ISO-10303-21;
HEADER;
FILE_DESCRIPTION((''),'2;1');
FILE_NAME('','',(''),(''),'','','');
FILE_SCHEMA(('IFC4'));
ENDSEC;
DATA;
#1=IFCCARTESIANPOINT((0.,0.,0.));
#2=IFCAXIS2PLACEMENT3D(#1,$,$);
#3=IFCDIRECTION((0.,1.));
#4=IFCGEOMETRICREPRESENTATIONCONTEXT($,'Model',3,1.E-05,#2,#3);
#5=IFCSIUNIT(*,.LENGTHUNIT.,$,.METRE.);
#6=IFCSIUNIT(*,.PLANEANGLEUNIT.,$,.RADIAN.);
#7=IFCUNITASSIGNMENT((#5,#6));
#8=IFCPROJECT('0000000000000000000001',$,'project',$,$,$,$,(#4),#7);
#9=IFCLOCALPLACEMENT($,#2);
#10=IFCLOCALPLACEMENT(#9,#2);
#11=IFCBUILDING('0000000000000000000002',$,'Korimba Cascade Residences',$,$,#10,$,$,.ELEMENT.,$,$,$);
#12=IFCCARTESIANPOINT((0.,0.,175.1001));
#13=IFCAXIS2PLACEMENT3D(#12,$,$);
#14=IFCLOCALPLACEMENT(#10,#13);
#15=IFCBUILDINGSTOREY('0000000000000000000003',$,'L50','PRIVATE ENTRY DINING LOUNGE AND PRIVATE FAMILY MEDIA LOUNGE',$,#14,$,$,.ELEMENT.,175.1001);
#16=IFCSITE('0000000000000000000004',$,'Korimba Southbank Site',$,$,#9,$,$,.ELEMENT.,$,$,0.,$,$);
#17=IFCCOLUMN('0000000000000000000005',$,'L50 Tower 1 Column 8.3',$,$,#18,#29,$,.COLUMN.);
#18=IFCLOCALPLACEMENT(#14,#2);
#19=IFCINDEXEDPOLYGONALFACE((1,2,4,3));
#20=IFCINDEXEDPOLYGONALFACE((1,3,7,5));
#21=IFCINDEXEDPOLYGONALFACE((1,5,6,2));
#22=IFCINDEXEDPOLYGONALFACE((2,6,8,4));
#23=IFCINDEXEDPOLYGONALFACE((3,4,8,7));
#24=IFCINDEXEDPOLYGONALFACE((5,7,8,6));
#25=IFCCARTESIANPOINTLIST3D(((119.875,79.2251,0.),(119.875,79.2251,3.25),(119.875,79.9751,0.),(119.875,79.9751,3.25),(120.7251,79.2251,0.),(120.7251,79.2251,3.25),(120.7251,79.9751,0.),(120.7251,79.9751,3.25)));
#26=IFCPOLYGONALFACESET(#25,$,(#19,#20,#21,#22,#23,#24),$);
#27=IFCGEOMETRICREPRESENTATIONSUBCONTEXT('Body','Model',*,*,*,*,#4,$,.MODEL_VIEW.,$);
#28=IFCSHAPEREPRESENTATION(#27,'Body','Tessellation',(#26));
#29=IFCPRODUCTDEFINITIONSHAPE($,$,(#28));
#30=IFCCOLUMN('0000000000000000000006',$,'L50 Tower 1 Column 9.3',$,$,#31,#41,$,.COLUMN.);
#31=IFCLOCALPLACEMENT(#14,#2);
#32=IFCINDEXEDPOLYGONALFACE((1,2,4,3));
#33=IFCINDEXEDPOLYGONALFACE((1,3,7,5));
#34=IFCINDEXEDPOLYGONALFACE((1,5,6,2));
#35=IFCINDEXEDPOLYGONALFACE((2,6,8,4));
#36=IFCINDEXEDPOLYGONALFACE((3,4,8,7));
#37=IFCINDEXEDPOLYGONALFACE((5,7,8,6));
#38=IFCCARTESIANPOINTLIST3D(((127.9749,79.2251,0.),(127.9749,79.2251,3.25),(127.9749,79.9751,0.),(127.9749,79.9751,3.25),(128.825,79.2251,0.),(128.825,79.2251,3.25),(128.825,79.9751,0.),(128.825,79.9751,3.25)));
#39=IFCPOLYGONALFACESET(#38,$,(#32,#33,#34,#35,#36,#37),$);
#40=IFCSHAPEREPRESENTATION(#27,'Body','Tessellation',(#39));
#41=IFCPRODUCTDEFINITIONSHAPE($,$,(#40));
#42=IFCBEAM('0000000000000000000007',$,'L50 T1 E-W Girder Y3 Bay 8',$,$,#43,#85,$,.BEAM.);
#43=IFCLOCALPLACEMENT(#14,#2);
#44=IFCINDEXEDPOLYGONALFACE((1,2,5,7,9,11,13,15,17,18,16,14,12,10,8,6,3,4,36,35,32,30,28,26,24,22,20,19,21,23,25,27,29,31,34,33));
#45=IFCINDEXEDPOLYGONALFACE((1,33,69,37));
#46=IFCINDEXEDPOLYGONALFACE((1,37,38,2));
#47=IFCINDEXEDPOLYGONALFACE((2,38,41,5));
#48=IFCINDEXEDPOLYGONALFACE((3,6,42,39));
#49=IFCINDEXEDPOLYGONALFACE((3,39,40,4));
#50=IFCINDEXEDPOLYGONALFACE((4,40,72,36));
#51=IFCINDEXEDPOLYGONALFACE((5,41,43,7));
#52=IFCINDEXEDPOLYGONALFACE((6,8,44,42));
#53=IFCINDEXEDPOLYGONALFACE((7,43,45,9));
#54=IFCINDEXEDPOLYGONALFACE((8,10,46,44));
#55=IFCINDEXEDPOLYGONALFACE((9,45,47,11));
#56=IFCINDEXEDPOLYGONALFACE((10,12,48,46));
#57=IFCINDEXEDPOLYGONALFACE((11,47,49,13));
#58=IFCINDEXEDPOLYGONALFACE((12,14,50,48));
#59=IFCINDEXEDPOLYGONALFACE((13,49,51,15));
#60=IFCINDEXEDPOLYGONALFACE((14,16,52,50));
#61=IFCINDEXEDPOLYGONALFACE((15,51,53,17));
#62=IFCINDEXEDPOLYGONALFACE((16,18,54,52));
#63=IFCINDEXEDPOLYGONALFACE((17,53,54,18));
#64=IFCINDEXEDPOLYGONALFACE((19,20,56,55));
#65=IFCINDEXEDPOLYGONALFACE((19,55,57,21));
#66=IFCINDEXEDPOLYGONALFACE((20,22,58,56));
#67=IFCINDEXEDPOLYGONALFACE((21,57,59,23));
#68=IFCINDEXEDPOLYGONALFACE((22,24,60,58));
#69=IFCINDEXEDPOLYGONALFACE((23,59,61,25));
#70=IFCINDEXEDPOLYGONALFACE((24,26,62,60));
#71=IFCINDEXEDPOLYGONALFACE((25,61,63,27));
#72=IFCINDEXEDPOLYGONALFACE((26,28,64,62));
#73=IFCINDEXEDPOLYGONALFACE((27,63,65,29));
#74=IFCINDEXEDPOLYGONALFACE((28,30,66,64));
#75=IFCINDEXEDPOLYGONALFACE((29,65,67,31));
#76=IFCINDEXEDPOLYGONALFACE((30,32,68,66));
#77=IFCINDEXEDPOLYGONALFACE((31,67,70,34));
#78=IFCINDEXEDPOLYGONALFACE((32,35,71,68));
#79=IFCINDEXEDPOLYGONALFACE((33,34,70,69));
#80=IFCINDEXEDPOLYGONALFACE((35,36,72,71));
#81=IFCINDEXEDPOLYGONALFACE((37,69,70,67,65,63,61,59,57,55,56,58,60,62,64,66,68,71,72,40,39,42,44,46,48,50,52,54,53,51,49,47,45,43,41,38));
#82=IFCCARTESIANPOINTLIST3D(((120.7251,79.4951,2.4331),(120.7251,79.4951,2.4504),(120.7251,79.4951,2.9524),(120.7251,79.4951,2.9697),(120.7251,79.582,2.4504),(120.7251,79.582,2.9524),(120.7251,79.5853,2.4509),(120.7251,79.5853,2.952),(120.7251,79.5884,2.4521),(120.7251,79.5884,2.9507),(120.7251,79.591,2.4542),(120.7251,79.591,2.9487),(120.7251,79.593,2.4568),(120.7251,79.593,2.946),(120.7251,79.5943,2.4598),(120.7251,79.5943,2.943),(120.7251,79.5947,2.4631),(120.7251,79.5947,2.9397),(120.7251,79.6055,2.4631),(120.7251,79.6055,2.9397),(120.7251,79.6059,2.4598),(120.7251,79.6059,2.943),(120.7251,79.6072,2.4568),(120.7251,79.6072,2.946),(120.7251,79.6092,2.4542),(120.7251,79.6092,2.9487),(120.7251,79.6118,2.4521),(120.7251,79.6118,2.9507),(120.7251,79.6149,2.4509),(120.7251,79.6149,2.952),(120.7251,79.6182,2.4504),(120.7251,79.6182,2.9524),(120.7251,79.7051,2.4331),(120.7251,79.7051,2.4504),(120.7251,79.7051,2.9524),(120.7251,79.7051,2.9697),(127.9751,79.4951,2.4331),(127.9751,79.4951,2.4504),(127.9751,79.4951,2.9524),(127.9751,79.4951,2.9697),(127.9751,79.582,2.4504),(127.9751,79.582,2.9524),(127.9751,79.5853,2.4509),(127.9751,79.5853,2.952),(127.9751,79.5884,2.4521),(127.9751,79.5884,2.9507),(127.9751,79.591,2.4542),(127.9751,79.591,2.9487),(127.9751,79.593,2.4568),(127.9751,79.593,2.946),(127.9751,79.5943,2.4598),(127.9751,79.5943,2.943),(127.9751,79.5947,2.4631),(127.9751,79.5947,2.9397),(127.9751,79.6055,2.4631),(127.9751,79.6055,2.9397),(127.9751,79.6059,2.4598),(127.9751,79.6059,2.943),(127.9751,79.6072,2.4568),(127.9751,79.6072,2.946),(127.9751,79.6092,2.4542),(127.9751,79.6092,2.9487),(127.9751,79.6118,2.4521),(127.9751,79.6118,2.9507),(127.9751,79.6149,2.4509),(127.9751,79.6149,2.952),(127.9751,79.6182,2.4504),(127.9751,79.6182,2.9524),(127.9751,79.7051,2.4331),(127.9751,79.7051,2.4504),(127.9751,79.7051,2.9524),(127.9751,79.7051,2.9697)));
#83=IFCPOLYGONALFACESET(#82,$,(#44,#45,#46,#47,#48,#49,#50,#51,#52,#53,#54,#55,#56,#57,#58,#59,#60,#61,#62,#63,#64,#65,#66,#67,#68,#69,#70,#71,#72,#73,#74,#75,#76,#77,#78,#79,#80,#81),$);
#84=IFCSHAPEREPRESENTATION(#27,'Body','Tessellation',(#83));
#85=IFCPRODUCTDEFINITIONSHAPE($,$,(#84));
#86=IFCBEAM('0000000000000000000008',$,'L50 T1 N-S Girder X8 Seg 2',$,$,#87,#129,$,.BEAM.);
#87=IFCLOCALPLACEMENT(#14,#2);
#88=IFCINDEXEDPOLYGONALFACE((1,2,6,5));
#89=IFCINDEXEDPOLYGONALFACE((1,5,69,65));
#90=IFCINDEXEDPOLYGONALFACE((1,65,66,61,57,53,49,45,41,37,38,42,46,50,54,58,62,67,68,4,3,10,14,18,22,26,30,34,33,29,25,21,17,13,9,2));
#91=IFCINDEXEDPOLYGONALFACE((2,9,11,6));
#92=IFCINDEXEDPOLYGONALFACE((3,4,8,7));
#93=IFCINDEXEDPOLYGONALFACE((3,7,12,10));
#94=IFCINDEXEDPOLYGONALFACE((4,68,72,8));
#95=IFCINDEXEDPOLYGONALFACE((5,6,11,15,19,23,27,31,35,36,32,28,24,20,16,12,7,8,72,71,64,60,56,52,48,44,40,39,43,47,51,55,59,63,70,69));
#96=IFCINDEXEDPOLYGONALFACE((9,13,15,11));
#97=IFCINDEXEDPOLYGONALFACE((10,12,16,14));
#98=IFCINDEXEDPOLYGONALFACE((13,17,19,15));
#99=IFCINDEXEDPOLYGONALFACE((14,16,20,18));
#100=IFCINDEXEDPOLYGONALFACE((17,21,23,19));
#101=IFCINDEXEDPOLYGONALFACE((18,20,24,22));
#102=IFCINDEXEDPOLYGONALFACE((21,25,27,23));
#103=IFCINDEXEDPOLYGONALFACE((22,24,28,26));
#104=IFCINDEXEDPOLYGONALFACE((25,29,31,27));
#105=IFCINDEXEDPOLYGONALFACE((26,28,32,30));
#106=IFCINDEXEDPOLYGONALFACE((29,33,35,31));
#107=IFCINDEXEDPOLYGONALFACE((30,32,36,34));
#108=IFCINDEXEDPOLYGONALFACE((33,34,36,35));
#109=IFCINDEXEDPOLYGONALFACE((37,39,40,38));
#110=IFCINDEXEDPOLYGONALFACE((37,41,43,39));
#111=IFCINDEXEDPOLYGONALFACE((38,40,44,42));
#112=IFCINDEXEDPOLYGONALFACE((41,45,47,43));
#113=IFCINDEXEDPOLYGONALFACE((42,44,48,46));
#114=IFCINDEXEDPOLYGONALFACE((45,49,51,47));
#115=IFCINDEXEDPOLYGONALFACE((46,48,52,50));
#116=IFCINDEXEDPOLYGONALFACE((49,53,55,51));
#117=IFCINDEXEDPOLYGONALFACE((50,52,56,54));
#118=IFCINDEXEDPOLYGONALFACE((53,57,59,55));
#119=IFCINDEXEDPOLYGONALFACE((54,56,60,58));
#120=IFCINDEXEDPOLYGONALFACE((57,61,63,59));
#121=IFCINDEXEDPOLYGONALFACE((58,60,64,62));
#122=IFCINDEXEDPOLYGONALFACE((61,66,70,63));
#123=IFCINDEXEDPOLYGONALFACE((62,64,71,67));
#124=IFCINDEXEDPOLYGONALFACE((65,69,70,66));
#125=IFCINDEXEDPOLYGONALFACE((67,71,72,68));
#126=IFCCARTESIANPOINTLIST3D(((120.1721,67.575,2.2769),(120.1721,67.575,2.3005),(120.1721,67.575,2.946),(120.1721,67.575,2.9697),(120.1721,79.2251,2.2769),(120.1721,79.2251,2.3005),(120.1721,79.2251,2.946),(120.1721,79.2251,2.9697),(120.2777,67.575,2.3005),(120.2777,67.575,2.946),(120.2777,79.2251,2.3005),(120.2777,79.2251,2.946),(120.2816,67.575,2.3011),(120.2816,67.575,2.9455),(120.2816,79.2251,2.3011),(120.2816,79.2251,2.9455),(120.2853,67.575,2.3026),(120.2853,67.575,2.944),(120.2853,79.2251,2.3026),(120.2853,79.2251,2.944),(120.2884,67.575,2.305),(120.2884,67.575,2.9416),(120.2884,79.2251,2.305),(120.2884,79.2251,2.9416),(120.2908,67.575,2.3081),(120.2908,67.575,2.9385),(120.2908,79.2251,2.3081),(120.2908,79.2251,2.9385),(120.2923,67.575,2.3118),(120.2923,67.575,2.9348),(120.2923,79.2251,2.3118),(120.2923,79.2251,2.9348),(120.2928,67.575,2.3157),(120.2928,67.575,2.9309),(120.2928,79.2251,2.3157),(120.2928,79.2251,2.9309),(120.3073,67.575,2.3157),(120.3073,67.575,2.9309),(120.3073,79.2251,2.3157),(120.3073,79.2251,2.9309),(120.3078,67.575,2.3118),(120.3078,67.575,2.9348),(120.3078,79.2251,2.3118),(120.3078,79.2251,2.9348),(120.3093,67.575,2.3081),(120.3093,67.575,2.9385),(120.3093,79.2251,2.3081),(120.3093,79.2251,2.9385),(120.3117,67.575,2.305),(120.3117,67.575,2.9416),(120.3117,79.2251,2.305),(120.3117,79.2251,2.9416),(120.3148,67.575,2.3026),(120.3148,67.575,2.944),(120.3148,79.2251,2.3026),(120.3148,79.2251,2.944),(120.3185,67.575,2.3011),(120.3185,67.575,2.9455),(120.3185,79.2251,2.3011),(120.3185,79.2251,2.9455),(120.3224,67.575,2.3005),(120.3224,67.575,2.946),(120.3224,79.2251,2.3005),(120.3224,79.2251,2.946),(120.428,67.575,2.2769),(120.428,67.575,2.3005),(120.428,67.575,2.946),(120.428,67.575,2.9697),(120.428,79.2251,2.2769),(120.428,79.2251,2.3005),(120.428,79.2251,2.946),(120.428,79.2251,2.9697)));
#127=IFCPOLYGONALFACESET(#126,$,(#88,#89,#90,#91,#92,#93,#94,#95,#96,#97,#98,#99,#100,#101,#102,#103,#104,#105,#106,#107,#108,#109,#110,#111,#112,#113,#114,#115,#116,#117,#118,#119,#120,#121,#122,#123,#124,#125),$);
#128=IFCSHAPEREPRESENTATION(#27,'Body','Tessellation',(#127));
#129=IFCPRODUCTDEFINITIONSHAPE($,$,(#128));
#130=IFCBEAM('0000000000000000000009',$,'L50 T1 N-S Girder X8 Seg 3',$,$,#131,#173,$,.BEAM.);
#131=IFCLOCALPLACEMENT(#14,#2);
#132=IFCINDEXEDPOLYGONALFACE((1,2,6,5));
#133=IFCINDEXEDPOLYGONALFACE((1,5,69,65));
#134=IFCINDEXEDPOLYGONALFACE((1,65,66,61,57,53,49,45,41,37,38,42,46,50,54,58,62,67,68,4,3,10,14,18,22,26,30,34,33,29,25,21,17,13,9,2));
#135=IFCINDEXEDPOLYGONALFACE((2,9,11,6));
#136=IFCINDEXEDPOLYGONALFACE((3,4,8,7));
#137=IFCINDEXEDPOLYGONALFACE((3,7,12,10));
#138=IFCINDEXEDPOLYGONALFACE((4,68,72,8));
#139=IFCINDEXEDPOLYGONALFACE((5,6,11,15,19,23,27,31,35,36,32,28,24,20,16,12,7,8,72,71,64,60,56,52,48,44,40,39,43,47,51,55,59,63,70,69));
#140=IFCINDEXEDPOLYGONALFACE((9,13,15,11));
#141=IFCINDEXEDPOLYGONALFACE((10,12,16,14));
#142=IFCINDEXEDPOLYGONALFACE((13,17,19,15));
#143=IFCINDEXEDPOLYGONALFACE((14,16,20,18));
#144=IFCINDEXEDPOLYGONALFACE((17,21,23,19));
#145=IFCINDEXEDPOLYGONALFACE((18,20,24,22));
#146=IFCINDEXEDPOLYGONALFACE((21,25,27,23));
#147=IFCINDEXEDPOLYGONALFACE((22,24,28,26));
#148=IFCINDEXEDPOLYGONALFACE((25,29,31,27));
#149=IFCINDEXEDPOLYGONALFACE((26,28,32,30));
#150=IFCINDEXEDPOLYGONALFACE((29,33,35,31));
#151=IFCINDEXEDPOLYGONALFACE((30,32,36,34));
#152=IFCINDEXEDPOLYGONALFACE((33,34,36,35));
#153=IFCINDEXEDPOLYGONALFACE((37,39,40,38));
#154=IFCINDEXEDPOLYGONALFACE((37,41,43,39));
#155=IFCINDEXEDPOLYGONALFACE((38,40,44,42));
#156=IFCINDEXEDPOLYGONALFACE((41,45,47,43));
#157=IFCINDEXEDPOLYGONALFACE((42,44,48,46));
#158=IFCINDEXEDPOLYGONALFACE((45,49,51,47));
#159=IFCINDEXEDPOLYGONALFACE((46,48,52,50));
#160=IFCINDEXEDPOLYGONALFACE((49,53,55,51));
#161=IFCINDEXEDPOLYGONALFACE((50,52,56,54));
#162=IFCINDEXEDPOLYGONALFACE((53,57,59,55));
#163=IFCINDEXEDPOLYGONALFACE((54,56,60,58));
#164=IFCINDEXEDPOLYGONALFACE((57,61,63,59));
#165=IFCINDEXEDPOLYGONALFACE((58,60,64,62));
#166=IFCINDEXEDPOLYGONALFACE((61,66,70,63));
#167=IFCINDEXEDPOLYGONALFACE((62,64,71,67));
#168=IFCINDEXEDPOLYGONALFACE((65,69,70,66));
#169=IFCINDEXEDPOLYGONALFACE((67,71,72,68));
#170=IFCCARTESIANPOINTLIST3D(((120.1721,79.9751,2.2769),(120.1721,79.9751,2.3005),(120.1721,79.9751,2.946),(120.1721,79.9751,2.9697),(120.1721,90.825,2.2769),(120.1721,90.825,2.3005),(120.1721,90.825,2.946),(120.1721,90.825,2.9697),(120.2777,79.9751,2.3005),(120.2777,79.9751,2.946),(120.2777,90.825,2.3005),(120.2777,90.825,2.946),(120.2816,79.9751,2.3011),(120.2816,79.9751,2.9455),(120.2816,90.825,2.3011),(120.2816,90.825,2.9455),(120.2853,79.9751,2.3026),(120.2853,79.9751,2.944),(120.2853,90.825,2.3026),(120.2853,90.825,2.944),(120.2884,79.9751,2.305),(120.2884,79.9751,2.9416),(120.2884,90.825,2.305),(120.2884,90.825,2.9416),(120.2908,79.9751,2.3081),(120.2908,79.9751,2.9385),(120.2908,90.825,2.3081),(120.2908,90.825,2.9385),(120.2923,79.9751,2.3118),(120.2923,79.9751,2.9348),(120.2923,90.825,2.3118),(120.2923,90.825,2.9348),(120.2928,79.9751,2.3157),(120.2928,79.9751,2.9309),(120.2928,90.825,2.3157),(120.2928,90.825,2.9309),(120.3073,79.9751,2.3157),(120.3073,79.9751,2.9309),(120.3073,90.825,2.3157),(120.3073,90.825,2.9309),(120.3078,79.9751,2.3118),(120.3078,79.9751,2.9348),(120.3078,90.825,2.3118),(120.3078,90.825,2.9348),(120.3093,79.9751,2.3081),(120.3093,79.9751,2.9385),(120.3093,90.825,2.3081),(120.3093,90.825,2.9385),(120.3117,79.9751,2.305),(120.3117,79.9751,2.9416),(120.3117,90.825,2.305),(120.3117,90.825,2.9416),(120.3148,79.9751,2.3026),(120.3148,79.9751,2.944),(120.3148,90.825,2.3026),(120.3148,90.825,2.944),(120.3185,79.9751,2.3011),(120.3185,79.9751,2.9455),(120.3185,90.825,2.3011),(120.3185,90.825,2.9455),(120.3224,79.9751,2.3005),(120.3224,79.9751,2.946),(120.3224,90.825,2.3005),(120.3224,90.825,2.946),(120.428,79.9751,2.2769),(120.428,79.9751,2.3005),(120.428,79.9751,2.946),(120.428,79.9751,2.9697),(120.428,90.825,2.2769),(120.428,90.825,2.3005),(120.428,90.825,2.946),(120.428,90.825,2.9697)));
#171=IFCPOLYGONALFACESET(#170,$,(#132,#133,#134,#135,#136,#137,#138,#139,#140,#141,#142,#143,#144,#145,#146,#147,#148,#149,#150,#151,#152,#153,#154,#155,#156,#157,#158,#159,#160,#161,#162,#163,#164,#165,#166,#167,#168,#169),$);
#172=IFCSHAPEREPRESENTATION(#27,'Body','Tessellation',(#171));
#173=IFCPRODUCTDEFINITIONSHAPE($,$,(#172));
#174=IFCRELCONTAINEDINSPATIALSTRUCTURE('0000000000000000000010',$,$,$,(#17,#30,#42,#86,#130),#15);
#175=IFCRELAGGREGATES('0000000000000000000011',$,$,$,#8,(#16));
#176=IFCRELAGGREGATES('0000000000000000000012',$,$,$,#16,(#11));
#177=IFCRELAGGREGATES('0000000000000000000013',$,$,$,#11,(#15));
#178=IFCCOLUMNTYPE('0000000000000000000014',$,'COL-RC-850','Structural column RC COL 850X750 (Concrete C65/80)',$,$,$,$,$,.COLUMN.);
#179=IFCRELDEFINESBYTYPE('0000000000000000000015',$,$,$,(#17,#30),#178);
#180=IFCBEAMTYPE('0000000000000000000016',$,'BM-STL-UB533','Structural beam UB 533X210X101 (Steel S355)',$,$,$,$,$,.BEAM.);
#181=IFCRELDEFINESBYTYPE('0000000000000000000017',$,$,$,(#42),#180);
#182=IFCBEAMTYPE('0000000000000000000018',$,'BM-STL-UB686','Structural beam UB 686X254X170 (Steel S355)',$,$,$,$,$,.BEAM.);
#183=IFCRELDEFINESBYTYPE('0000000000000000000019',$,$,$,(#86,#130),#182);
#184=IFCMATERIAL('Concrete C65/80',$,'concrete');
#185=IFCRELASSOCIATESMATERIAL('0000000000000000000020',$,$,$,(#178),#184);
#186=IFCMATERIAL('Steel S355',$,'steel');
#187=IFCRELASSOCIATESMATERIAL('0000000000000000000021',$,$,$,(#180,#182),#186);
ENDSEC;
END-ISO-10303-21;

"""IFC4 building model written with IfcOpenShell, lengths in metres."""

from ifc_helpers import new_model, si_unit, direction, frame, origin, origin_2d, place, context, subcontext, project, spatial, rectangle, i_section, extrude, material, material_profile, profile_set, type_object, element, save


model = new_model("IFC4")

# Units and contexts
model_context = context("Model", 3, precision=1e-05, world=origin(), true_north=direction((0.0, 1.0)))
body_context = subcontext(model_context, "Body", "Model", "MODEL_VIEW")
ifc_project = project(units=[si_unit("LENGTHUNIT", "METRE"), si_unit("PLANEANGLEUNIT", "RADIAN")], contexts=[model_context])

# Site, building, storey
site_placement = place(None, origin())
site = spatial("IfcSite", under=ifc_project, at=site_placement, Name="Korimba Southbank Site", CompositionType="ELEMENT", RefElevation=0.0)
building_placement = place(site_placement, origin())
building = spatial("IfcBuilding", under=site, at=building_placement, Name="Korimba Cascade Residences", CompositionType="ELEMENT")
storey_placement = place(building_placement, frame((0.0, 0.0, 175.1001)))
storey = spatial("IfcBuildingStorey", under=building, at=storey_placement, Name="L50", Description="PRIVATE ENTRY DINING LOUNGE AND PRIVATE FAMILY MEDIA LOUNGE", CompositionType="ELEMENT", Elevation=175.1001)

# Columns
ifc_material_1 = material(Name="Concrete C65/80", Category="concrete")
ifc_material_profile_1 = material_profile(ifc_material_1, rectangle(XDim=0.8501, YDim=0.75, at=origin_2d()), Name="Concrete C65/80")
ifc_profile_set_1 = profile_set([ifc_material_profile_1], Name="Concrete C65/80")
column_type = type_object("IfcColumnType", Name="COL-RC-850", Description="Structural column RC COL 850X750 (Concrete C65/80)", PredefinedType="COLUMN", material=ifc_profile_set_1)
for number, where, z_axis, x_axis, name in (
    (1, (120.3, 79.6001, 0.0), (0.0, 0.0, 1.0), (1.0, 0.0, 0.0), "L50 Tower 1 Column 8.3"),
    (2, (128.3999, 79.6001, 0.0), (0.0, 0.0, 1.0), (1.0, 0.0, 0.0), "L50 Tower 1 Column 9.3"),
):
    element("IfcColumn", number, at=place(storey_placement, frame(where, z_axis=z_axis, x_axis=x_axis)), inside=storey, type_object=column_type, Name=name, PredefinedType="COLUMN", context=body_context, shape_type="SweptSolid", body=[
        extrude(rectangle(XDim=0.8501, YDim=0.75, at=origin_2d()), origin(), (0.0, 0.0, 1.0), 3.25),
    ])

# Beams
ifc_material_2 = material(Name="Steel S355", Category="steel")
ifc_material_profile_2 = material_profile(ifc_material_2, i_section(OverallWidth=0.21, OverallDepth=0.5366, WebThickness=0.0107, FlangeThickness=0.0173, FilletRadius=0.0127, at=origin_2d()), Name="Steel S355")
ifc_profile_set_2 = profile_set([ifc_material_profile_2], Name="Steel S355")
beam_type_1 = type_object("IfcBeamType", Name="BM-STL-UB533", Description="Structural beam UB 533X210X101 (Steel S355)", PredefinedType="BEAM", material=ifc_profile_set_2)
beam_1_placement = place(storey_placement, frame((120.7251, 79.6001, 2.7014), z_axis=(1.0, 0.0, 0.0), x_axis=(0.0, 1.0, 0.0)))
element("IfcBeam", 3, at=beam_1_placement, inside=storey, type_object=beam_type_1, Name="L50 T1 E-W Girder Y3 Bay 8", PredefinedType="BEAM", context=body_context, shape_type="SweptSolid", body=[
    extrude(i_section(OverallWidth=0.21, OverallDepth=0.5366, WebThickness=0.0107, FlangeThickness=0.0173, FilletRadius=0.0127, at=origin_2d()), origin(), (0.0, 0.0, 1.0), 7.25),
])
ifc_material_profile_3 = material_profile(ifc_material_2, i_section(OverallWidth=0.2559, OverallDepth=0.6929, WebThickness=0.0144, FlangeThickness=0.0237, FilletRadius=0.0151, at=origin_2d()), Name="Steel S355")
ifc_profile_set_3 = profile_set([ifc_material_profile_3], Name="Steel S355")
beam_type_2 = type_object("IfcBeamType", Name="BM-STL-UB686", Description="Structural beam UB 686X254X170 (Steel S355)", PredefinedType="BEAM", material=ifc_profile_set_3)
beam_2_placement = place(storey_placement, frame((120.3, 67.575, 2.6233), z_axis=(0.0, 1.0, 0.0), x_axis=(-1.0, 0.0, 0.0)))
element("IfcBeam", 4, at=beam_2_placement, inside=storey, type_object=beam_type_2, Name="L50 T1 N-S Girder X8 Seg 2", PredefinedType="BEAM", context=body_context, shape_type="SweptSolid", body=[
    extrude(i_section(OverallWidth=0.2559, OverallDepth=0.6929, WebThickness=0.0144, FlangeThickness=0.0237, FilletRadius=0.0151, at=origin_2d()), origin(), (0.0, 0.0, 1.0), 11.6501),
])
beam_3_placement = place(storey_placement, frame((120.3, 79.9751, 2.6233), z_axis=(0.0, 1.0, 0.0), x_axis=(-1.0, 0.0, 0.0)))
element("IfcBeam", 5, at=beam_3_placement, inside=storey, type_object=beam_type_2, Name="L50 T1 N-S Girder X8 Seg 3", PredefinedType="BEAM", context=body_context, shape_type="SweptSolid", body=[
    extrude(i_section(OverallWidth=0.2559, OverallDepth=0.6929, WebThickness=0.0144, FlangeThickness=0.0237, FilletRadius=0.0151, at=origin_2d()), origin(), (0.0, 0.0, 1.0), 10.8499),
])

save(model, "model.ifc")
